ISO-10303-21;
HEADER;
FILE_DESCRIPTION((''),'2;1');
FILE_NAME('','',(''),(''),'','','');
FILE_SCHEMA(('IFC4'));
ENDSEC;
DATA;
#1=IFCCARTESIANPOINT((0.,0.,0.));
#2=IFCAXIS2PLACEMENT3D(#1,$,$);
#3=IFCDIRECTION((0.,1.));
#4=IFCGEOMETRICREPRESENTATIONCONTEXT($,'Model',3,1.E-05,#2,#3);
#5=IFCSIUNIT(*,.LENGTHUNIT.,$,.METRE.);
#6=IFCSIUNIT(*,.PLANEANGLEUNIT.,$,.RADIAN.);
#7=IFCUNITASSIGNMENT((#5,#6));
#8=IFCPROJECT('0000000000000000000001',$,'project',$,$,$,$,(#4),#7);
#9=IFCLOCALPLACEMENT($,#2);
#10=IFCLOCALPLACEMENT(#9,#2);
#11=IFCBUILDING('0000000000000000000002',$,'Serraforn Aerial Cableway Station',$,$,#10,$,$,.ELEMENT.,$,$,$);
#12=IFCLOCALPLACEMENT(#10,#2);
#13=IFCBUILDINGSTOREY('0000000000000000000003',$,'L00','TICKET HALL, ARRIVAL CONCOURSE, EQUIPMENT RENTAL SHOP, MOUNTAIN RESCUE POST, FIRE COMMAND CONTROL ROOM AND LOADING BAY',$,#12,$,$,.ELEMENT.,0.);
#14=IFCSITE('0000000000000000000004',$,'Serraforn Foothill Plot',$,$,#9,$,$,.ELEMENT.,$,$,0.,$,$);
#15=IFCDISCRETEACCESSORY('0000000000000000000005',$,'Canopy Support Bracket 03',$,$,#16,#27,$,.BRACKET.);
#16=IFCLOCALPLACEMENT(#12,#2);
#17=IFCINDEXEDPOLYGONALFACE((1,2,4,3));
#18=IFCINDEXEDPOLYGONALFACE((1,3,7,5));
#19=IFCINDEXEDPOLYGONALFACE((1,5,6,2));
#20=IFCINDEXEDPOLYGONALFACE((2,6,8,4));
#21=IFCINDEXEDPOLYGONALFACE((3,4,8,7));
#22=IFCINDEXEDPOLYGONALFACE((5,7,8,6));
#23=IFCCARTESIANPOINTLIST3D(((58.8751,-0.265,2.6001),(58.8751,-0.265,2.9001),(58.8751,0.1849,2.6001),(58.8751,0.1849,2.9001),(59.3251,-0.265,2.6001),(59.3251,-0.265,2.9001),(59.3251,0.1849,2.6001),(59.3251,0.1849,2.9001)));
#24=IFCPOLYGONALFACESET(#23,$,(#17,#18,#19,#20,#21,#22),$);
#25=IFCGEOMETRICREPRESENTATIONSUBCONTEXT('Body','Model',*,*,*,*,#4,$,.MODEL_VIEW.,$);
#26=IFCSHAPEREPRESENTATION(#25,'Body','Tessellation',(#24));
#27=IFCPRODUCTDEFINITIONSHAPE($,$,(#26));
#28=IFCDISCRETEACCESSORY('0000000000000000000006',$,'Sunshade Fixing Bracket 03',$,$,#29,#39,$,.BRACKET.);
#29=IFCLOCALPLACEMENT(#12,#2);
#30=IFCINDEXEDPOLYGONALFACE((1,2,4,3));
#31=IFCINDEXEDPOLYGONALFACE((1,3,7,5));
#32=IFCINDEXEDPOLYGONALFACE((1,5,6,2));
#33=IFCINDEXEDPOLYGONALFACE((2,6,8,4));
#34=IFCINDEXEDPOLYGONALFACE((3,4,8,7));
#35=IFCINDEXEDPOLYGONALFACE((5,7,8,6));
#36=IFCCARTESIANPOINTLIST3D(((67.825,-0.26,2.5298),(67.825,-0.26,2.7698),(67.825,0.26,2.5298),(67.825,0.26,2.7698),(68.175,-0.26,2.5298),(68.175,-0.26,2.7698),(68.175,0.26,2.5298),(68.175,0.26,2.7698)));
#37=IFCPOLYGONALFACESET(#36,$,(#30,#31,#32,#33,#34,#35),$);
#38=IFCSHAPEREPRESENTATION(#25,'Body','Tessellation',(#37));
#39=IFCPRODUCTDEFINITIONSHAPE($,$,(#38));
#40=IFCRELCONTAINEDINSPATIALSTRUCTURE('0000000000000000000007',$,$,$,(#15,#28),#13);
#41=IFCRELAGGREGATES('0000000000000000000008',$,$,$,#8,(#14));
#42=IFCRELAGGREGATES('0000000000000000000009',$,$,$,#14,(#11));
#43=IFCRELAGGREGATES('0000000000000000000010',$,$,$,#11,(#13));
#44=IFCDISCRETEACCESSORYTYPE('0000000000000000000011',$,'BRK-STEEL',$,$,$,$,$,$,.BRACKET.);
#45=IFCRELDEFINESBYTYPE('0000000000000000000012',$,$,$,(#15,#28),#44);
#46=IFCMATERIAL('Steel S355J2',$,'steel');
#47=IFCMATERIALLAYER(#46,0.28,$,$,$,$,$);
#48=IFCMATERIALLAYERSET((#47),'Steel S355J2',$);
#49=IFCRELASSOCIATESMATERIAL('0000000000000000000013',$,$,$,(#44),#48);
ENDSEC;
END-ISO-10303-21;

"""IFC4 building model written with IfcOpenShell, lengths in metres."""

from ifc_helpers import new_model, si_unit, direction, frame, origin, origin_2d, place, context, subcontext, project, spatial, rectangle, extrude, material, layer, layer_set, type_object, element, save


model = new_model("IFC4")

# Units and contexts
model_context = context("Model", 3, precision=1e-05, world=origin(), true_north=direction((0.0, 1.0)))
body_context = subcontext(model_context, "Body", "Model", "MODEL_VIEW")
ifc_project = project(units=[si_unit("LENGTHUNIT", "METRE"), si_unit("PLANEANGLEUNIT", "RADIAN")], contexts=[model_context])

# Site, building, storey
site_placement = place(None, origin())
site = spatial("IfcSite", under=ifc_project, at=site_placement, Name="Serraforn Foothill Plot", CompositionType="ELEMENT", RefElevation=0.0)
building_placement = place(site_placement, origin())
building = spatial("IfcBuilding", under=site, at=building_placement, Name="Serraforn Aerial Cableway Station", CompositionType="ELEMENT")
storey_placement = place(building_placement, origin())
storey = spatial("IfcBuildingStorey", under=building, at=storey_placement, Name="L00", Description="TICKET HALL, ARRIVAL CONCOURSE, EQUIPMENT RENTAL SHOP, MOUNTAIN RESCUE POST, FIRE COMMAND CONTROL ROOM AND LOADING BAY", CompositionType="ELEMENT", Elevation=0.0)

# Shared definitions
ifc_material_1 = material(Name="Steel S355J2", Category="steel")

# Discrete accessories
ifc_layer_1 = layer(ifc_material_1, 0.28)
ifc_layer_set_1 = layer_set([ifc_layer_1], Name="Steel S355J2")
discrete_accessory_type = type_object("IfcDiscreteAccessoryType", Name="BRK-STEEL", PredefinedType="BRACKET", material=ifc_layer_set_1)
discrete_accessory_1_placement = place(storey_placement, frame((59.1001, -0.04, 2.6001), z_axis=(0.0, 0.0, 1.0), x_axis=(1.0, 0.0, 0.0)))
element("IfcDiscreteAccessory", 1, at=discrete_accessory_1_placement, inside=storey, type_object=discrete_accessory_type, Name="Canopy Support Bracket 03", PredefinedType="BRACKET", context=body_context, shape_type="SweptSolid", body=[
    extrude(rectangle(XDim=0.45, YDim=0.45, at=origin_2d()), origin(), (0.0, 0.0, 1.0), 0.3),
])
discrete_accessory_2_placement = place(storey_placement, frame((68.0, 0.0, 2.5298), z_axis=(0.0, 0.0, 1.0), x_axis=(1.0, 0.0, 0.0)))
element("IfcDiscreteAccessory", 2, at=discrete_accessory_2_placement, inside=storey, type_object=discrete_accessory_type, Name="Sunshade Fixing Bracket 03", PredefinedType="BRACKET", context=body_context, shape_type="SweptSolid", body=[
    extrude(rectangle(XDim=0.3501, YDim=0.52, at=origin_2d()), origin(), (0.0, 0.0, 1.0), 0.24),
])

save(model, "model.ifc")
